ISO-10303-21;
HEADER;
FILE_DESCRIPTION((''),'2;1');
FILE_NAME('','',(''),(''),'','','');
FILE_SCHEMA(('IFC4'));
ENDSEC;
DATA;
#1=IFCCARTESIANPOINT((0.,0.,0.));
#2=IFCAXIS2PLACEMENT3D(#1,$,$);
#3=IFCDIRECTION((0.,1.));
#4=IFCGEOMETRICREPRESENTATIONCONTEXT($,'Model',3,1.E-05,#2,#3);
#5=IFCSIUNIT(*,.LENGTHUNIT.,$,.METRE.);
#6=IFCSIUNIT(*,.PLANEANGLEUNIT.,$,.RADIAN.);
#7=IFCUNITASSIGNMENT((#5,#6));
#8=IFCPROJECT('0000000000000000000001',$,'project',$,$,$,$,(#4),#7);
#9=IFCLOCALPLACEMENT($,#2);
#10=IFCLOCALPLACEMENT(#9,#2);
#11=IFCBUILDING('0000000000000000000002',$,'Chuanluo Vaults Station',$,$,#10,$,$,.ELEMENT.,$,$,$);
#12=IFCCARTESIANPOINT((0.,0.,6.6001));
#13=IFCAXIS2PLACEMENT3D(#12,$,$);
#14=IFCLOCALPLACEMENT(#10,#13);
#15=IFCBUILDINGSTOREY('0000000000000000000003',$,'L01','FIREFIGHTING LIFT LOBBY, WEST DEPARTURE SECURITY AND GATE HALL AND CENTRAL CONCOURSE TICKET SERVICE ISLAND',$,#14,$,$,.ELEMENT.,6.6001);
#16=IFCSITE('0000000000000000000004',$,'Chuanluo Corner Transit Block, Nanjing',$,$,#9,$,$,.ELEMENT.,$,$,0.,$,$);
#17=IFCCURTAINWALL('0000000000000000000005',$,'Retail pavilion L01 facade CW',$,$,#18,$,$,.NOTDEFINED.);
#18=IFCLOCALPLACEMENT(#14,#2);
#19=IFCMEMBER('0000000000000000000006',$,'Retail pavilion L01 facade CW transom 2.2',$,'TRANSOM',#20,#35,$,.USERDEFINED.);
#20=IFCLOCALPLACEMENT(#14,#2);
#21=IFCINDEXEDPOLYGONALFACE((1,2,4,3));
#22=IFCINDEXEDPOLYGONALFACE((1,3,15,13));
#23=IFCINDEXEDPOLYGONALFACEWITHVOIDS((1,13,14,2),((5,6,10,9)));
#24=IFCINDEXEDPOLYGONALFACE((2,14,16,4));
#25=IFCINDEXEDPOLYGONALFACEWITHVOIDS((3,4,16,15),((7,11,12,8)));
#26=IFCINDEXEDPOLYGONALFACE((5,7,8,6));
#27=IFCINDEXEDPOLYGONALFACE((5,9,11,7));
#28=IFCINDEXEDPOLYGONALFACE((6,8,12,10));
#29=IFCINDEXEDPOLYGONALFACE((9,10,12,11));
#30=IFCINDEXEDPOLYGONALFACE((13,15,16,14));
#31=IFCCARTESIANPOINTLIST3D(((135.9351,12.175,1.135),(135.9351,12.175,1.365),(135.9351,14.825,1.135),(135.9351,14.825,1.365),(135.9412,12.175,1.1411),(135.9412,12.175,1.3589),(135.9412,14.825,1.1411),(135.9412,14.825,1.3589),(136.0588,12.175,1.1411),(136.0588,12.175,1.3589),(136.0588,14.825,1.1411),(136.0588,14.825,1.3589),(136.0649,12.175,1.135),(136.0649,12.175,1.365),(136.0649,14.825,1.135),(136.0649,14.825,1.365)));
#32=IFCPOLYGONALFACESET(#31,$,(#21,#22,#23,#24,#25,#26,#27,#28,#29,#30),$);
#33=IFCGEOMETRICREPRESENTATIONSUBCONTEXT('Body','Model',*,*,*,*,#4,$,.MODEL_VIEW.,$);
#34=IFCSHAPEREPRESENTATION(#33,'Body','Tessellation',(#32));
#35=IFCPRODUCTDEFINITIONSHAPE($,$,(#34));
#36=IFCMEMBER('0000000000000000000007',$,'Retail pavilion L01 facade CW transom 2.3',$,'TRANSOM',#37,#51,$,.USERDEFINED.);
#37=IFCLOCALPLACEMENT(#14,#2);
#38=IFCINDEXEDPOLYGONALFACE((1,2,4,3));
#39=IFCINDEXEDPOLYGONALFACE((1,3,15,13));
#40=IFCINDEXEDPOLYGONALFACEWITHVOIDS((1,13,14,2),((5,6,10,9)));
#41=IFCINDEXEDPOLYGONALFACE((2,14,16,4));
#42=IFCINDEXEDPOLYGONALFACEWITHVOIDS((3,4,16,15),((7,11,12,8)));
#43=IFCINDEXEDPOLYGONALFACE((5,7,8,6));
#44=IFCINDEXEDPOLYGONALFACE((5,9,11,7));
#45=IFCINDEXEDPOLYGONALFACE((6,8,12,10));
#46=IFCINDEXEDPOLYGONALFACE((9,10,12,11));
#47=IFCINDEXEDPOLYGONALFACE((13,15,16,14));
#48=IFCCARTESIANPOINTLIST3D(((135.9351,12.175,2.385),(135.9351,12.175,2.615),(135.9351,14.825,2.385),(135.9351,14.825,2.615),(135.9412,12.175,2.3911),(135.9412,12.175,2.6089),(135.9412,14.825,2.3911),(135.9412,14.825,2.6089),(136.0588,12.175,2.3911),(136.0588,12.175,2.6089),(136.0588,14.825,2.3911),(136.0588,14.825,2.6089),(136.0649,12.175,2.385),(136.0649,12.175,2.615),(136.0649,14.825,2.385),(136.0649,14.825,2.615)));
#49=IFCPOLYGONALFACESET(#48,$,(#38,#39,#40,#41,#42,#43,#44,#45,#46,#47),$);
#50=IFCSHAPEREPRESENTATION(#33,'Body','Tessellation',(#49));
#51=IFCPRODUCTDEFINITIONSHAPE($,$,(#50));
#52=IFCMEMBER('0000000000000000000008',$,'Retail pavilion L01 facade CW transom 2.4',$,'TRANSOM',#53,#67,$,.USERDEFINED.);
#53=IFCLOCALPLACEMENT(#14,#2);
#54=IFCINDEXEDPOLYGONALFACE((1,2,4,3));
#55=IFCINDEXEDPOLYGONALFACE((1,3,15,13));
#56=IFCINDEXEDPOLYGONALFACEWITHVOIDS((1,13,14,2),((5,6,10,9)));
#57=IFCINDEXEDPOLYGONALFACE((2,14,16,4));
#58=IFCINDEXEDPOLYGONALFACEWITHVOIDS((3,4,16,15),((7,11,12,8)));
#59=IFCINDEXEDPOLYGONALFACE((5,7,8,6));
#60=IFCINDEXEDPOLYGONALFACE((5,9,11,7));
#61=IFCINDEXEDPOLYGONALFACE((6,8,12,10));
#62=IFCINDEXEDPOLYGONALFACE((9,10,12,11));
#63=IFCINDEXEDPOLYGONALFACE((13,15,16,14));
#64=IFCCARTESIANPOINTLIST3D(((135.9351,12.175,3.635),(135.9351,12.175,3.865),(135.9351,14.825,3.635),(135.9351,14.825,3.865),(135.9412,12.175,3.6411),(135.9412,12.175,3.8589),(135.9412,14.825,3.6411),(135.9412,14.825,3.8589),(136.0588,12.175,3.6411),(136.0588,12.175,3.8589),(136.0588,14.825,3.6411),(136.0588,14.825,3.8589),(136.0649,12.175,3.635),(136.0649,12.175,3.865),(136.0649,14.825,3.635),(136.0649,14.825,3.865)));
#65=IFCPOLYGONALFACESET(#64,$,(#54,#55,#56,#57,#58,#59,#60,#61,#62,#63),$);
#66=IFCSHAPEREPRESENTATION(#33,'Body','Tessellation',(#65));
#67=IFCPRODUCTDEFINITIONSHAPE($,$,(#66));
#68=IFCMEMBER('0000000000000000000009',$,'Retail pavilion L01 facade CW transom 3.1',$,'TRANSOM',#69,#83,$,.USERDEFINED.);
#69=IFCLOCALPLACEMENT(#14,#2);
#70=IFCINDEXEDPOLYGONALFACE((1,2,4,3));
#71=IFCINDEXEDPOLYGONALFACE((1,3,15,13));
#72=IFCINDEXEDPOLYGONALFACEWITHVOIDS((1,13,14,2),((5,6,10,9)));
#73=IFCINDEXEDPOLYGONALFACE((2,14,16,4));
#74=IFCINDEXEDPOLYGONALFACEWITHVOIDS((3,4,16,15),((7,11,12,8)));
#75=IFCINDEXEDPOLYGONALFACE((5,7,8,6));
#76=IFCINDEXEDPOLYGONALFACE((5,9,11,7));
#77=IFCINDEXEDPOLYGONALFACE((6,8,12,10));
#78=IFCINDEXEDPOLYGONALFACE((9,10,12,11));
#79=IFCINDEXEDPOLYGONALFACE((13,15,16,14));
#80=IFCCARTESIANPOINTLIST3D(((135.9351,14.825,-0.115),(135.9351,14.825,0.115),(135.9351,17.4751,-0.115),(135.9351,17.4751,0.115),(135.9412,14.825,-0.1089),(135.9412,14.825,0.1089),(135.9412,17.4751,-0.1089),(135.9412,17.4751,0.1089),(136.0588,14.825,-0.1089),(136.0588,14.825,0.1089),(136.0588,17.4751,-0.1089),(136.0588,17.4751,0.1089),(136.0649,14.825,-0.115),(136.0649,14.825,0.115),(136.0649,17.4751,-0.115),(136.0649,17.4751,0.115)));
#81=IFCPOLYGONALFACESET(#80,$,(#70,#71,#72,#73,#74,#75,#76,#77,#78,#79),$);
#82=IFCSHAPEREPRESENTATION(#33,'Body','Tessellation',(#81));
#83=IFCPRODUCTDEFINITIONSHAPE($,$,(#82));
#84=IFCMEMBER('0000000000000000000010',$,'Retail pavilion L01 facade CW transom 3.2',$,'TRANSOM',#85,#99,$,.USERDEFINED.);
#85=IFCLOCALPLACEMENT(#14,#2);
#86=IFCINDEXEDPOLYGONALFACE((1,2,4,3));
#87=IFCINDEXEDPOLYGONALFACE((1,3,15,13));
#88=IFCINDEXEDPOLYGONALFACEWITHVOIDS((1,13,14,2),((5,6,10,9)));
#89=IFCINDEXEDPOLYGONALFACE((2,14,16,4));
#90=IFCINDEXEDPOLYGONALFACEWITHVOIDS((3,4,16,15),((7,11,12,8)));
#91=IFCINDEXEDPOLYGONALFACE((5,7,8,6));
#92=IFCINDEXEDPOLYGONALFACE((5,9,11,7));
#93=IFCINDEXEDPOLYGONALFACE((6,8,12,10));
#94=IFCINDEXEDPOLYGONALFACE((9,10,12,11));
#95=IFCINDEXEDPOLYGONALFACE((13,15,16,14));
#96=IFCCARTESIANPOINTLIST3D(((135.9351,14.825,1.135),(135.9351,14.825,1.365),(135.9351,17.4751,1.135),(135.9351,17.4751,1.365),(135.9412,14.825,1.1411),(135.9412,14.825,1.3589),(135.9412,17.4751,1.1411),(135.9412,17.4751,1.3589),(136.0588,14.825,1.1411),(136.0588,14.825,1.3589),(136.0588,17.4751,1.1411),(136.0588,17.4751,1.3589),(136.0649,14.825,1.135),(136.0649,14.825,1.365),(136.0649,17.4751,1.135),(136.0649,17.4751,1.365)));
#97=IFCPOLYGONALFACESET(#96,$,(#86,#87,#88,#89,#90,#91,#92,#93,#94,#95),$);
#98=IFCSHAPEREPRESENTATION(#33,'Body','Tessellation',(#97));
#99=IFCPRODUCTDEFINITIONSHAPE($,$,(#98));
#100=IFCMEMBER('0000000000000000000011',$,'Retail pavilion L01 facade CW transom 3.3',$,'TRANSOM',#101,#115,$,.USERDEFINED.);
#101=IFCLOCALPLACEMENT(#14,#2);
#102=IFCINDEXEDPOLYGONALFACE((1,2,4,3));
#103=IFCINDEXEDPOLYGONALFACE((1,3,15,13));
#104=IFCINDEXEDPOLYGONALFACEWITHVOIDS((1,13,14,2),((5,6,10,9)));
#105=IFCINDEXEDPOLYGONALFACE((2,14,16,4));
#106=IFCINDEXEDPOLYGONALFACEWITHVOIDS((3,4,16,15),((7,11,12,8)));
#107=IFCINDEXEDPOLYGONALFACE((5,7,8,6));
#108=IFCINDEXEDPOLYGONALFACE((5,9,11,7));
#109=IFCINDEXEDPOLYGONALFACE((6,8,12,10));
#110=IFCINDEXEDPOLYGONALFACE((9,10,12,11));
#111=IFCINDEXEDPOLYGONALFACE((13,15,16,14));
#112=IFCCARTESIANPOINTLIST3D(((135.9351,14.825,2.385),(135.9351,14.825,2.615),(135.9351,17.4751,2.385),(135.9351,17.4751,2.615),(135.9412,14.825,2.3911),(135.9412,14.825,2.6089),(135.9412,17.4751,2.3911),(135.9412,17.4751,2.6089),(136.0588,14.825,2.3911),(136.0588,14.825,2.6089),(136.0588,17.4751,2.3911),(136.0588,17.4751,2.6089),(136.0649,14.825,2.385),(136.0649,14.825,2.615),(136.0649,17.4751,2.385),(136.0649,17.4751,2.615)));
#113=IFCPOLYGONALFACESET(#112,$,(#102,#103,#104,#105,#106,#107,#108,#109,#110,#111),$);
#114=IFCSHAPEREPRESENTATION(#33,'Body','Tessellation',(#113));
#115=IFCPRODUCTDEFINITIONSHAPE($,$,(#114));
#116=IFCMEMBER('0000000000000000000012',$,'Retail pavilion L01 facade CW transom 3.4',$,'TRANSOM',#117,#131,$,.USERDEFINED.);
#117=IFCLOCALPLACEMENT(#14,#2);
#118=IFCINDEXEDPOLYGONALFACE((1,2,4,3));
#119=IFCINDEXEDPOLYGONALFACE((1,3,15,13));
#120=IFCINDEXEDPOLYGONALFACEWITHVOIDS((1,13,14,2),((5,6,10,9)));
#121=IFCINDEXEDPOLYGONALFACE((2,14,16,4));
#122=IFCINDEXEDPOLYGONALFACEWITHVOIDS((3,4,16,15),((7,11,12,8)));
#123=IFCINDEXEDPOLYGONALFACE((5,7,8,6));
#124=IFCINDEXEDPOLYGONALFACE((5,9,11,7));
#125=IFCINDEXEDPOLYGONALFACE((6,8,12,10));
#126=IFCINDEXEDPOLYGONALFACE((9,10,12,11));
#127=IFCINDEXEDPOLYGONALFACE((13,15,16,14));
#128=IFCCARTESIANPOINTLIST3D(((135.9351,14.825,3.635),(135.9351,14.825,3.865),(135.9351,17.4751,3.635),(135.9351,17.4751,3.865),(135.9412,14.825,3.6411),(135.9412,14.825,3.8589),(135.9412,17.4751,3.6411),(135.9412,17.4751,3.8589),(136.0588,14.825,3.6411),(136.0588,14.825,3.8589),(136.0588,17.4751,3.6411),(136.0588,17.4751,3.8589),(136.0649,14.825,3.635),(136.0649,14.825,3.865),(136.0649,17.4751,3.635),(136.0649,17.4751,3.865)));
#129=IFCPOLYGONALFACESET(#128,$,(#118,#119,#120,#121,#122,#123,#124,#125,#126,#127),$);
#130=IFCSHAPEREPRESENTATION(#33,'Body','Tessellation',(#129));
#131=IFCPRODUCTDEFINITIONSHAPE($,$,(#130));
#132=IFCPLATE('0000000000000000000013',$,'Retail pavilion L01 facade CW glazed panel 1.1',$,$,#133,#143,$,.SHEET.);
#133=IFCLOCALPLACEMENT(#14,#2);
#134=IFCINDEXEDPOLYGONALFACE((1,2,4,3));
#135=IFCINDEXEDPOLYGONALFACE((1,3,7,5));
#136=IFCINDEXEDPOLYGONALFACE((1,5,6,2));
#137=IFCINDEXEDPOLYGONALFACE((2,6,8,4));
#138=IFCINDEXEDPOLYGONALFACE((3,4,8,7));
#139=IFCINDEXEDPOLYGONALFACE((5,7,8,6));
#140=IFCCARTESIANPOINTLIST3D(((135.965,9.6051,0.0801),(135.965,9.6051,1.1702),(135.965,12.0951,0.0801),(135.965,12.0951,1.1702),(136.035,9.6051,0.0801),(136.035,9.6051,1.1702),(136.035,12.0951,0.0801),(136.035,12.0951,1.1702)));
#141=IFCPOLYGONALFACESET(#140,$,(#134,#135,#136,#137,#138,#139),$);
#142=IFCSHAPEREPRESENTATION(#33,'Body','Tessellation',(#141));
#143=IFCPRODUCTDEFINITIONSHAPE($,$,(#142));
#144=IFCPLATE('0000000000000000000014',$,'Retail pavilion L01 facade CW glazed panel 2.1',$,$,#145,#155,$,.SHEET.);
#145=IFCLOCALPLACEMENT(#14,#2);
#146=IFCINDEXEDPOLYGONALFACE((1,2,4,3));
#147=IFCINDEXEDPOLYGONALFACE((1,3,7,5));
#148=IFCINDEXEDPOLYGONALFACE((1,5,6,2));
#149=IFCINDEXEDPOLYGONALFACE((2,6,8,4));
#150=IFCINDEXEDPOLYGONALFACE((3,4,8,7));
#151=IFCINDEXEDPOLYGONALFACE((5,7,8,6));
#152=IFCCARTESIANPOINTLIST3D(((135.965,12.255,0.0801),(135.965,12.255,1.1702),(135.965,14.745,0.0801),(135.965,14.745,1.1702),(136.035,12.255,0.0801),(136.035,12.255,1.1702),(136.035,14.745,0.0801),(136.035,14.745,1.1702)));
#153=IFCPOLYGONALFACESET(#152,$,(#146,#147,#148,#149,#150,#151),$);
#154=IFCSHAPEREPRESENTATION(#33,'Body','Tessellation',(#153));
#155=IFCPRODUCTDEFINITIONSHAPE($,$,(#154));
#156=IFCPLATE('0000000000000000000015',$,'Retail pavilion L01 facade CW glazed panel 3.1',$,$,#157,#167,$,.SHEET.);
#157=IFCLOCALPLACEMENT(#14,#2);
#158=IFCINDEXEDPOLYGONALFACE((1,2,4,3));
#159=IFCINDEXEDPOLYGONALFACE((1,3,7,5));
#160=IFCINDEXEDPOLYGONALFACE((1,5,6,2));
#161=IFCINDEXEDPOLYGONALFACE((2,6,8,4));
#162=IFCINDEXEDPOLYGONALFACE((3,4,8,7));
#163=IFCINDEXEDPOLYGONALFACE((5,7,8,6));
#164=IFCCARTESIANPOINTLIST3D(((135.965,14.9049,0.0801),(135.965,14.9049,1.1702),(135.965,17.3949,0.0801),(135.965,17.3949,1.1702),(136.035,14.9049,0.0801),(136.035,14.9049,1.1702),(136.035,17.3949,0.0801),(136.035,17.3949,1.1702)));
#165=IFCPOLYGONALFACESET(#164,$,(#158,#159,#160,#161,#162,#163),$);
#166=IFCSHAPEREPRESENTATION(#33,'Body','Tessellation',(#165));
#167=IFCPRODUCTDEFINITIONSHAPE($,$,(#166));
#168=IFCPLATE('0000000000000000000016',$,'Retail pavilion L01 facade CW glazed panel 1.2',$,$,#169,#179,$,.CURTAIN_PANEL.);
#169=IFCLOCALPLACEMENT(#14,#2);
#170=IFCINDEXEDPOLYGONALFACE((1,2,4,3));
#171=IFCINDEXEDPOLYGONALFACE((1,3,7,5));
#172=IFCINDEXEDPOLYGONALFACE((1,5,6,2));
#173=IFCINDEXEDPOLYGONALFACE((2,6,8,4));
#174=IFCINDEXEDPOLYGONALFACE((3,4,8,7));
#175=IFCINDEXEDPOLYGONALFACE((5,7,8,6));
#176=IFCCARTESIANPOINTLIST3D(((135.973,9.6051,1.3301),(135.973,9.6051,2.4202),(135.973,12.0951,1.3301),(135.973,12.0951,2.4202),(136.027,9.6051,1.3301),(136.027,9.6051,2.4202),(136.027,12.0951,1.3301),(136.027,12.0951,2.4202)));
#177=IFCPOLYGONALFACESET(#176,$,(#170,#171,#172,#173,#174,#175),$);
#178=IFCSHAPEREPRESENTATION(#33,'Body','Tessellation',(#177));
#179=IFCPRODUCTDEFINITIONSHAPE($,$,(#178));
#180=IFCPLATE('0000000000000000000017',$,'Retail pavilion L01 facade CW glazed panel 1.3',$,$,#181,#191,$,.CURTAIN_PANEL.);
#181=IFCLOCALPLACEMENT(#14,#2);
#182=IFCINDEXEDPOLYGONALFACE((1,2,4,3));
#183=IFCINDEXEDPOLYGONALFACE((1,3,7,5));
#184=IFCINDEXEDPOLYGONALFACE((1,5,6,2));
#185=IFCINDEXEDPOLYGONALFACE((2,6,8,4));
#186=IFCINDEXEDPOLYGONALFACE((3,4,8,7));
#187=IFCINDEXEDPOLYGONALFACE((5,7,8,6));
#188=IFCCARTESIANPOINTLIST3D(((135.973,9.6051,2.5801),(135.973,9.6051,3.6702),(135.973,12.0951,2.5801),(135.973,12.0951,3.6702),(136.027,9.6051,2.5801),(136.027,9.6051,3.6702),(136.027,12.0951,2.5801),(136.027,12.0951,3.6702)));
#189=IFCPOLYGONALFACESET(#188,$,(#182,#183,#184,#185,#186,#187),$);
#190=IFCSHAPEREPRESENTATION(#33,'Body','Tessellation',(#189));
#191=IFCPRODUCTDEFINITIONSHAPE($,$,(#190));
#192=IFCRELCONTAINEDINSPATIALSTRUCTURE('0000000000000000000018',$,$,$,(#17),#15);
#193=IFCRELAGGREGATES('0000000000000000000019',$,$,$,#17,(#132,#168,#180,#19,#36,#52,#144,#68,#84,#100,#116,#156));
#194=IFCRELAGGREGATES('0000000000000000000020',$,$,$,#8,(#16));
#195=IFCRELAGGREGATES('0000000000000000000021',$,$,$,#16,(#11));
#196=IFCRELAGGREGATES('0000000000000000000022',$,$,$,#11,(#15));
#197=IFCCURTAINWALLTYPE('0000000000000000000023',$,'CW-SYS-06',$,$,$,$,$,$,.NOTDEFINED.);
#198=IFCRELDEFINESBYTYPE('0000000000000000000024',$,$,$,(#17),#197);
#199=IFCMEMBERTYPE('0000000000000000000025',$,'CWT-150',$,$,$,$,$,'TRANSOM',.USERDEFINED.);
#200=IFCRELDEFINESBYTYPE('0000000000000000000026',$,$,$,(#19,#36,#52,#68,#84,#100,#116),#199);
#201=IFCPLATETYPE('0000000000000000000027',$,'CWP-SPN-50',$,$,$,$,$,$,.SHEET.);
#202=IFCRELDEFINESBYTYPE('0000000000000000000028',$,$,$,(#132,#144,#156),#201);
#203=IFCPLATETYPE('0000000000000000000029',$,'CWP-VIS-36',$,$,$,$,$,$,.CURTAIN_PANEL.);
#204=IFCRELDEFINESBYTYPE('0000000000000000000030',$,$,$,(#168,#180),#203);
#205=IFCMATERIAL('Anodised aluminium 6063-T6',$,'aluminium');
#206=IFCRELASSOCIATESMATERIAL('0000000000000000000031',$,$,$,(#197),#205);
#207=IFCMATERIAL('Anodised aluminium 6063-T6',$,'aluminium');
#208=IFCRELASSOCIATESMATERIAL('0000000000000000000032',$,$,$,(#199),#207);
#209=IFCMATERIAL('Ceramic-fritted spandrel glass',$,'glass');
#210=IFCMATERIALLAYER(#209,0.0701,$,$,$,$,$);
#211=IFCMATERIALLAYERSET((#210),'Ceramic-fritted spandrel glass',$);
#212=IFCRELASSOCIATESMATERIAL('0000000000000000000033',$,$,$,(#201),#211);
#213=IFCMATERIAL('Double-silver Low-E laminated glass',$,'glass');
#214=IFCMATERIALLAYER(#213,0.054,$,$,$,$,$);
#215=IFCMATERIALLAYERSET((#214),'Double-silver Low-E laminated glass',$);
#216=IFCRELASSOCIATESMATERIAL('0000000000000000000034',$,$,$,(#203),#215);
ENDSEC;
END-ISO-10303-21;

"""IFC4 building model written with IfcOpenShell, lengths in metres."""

from ifc_helpers import new_model, si_unit, direction, frame, origin, origin_2d, place, context, subcontext, project, spatial, rectangle, hollow_rectangle, extrude, material, layer, layer_set, material_profile, profile_set, type_object, element, aggregate, save


model = new_model("IFC4")

# Units and contexts
model_context = context("Model", 3, precision=1e-05, world=origin(), true_north=direction((0.0, 1.0)))
body_context = subcontext(model_context, "Body", "Model", "MODEL_VIEW")
ifc_project = project(units=[si_unit("LENGTHUNIT", "METRE"), si_unit("PLANEANGLEUNIT", "RADIAN")], contexts=[model_context])

# Site, building, storey
site_placement = place(None, origin())
site = spatial("IfcSite", under=ifc_project, at=site_placement, Name="Chuanluo Corner Transit Block, Nanjing", CompositionType="ELEMENT", RefElevation=0.0)
building_placement = place(site_placement, origin())
building = spatial("IfcBuilding", under=site, at=building_placement, Name="Chuanluo Vaults Station", CompositionType="ELEMENT")
storey_placement = place(building_placement, frame((0.0, 0.0, 6.6001)))
storey = spatial("IfcBuildingStorey", under=building, at=storey_placement, Name="L01", Description="FIREFIGHTING LIFT LOBBY, WEST DEPARTURE SECURITY AND GATE HALL AND CENTRAL CONCOURSE TICKET SERVICE ISLAND", CompositionType="ELEMENT", Elevation=6.6001)

# Curtain wall, members, plates
ifc_material_1 = material(Name="Anodised aluminium 6063-T6", Category="aluminium")
curtain_wall_type = type_object("IfcCurtainWallType", Name="CW-SYS-06", PredefinedType="NOTDEFINED", material=ifc_material_1)
curtain_wall_placement = place(storey_placement, origin())
curtain_wall = element("IfcCurtainWall", 1, at=curtain_wall_placement, inside=storey, type_object=curtain_wall_type, Name="Retail pavilion L01 facade CW", PredefinedType="NOTDEFINED")
ifc_material_2 = material(Name="Anodised aluminium 6063-T6", Category="aluminium")
ifc_material_profile_1 = material_profile(ifc_material_2, hollow_rectangle(XDim=0.1299, YDim=0.23, WallThickness=0.0061, at=origin_2d()))
ifc_profile_set_1 = profile_set([ifc_material_profile_1], Name="Anodised aluminium 6063-T6")
member_type_1 = type_object("IfcMemberType", Name="CWT-150", ElementType="TRANSOM", PredefinedType="USERDEFINED", material=ifc_profile_set_1)
member_1_placement = place(storey_placement, frame((136.0, 12.175, 1.25), z_axis=(0.0, 1.0, 0.0), x_axis=(-1.0, 0.0, 0.0)))
member_1 = element("IfcMember", 2, at=member_1_placement, type_object=member_type_1, Name="Retail pavilion L01 facade CW transom 2.2", ObjectType="TRANSOM", PredefinedType="USERDEFINED", context=body_context, shape_type="SweptSolid", body=[
    extrude(hollow_rectangle(XDim=0.1299, YDim=0.23, WallThickness=0.0061, at=origin_2d()), origin(), (0.0, 0.0, 1.0), 2.6499),
])
member_2_placement = place(storey_placement, frame((136.0, 12.175, 2.5), z_axis=(0.0, 1.0, 0.0), x_axis=(-1.0, 0.0, 0.0)))
member_2 = element("IfcMember", 3, at=member_2_placement, type_object=member_type_1, Name="Retail pavilion L01 facade CW transom 2.3", ObjectType="TRANSOM", PredefinedType="USERDEFINED", context=body_context, shape_type="SweptSolid", body=[
    extrude(hollow_rectangle(XDim=0.1299, YDim=0.23, WallThickness=0.0061, at=origin_2d()), origin(), (0.0, 0.0, 1.0), 2.6499),
])
member_3_placement = place(storey_placement, frame((136.0, 12.175, 3.75), z_axis=(0.0, 1.0, 0.0), x_axis=(-1.0, 0.0, 0.0)))
member_3 = element("IfcMember", 4, at=member_3_placement, type_object=member_type_1, Name="Retail pavilion L01 facade CW transom 2.4", ObjectType="TRANSOM", PredefinedType="USERDEFINED", context=body_context, shape_type="SweptSolid", body=[
    extrude(hollow_rectangle(XDim=0.1299, YDim=0.23, WallThickness=0.0061, at=origin_2d()), origin(), (0.0, 0.0, 1.0), 2.6499),
])
member_4_placement = place(storey_placement, frame((136.0, 14.825, 0.0), z_axis=(0.0, 1.0, 0.0), x_axis=(-1.0, 0.0, 0.0)))
member_4 = element("IfcMember", 5, at=member_4_placement, type_object=member_type_1, Name="Retail pavilion L01 facade CW transom 3.1", ObjectType="TRANSOM", PredefinedType="USERDEFINED", context=body_context, shape_type="SweptSolid", body=[
    extrude(hollow_rectangle(XDim=0.1299, YDim=0.23, WallThickness=0.0061, at=origin_2d()), origin(), (0.0, 0.0, 1.0), 2.6501),
])
member_5_placement = place(storey_placement, frame((136.0, 14.825, 1.25), z_axis=(0.0, 1.0, 0.0), x_axis=(-1.0, 0.0, 0.0)))
member_5 = element("IfcMember", 6, at=member_5_placement, type_object=member_type_1, Name="Retail pavilion L01 facade CW transom 3.2", ObjectType="TRANSOM", PredefinedType="USERDEFINED", context=body_context, shape_type="SweptSolid", body=[
    extrude(hollow_rectangle(XDim=0.1299, YDim=0.23, WallThickness=0.0061, at=origin_2d()), origin(), (0.0, 0.0, 1.0), 2.6501),
])
member_6_placement = place(storey_placement, frame((136.0, 14.825, 2.5), z_axis=(0.0, 1.0, 0.0), x_axis=(-1.0, 0.0, 0.0)))
member_6 = element("IfcMember", 7, at=member_6_placement, type_object=member_type_1, Name="Retail pavilion L01 facade CW transom 3.3", ObjectType="TRANSOM", PredefinedType="USERDEFINED", context=body_context, shape_type="SweptSolid", body=[
    extrude(hollow_rectangle(XDim=0.1299, YDim=0.23, WallThickness=0.0061, at=origin_2d()), origin(), (0.0, 0.0, 1.0), 2.6501),
])
member_7_placement = place(storey_placement, frame((136.0, 14.825, 3.75), z_axis=(0.0, 1.0, 0.0), x_axis=(-1.0, 0.0, 0.0)))
member_7 = element("IfcMember", 8, at=member_7_placement, type_object=member_type_1, Name="Retail pavilion L01 facade CW transom 3.4", ObjectType="TRANSOM", PredefinedType="USERDEFINED", context=body_context, shape_type="SweptSolid", body=[
    extrude(hollow_rectangle(XDim=0.1299, YDim=0.23, WallThickness=0.0061, at=origin_2d()), origin(), (0.0, 0.0, 1.0), 2.6501),
])
ifc_material_3 = material(Name="Ceramic-fritted spandrel glass", Category="glass")
ifc_layer_1 = layer(ifc_material_3, 0.0701)
ifc_layer_set_1 = layer_set([ifc_layer_1], Name="Ceramic-fritted spandrel glass")
plate_type_1 = type_object("IfcPlateType", Name="CWP-SPN-50", PredefinedType="SHEET", material=ifc_layer_set_1)
plate_1_placement = place(storey_placement, frame((136.0, 10.8501, 0.0801), z_axis=(0.0, 0.0, 1.0), x_axis=(0.0, 1.0, 0.0)))
plate_1 = element("IfcPlate", 9, at=plate_1_placement, type_object=plate_type_1, Name="Retail pavilion L01 facade CW glazed panel 1.1", PredefinedType="SHEET", context=body_context, shape_type="SweptSolid", body=[
    extrude(rectangle(XDim=2.49, YDim=0.0701, at=origin_2d()), origin(), (0.0, 0.0, 1.0), 1.0901),
])
plate_2_placement = place(storey_placement, frame((136.0, 13.5, 0.0801), z_axis=(0.0, 0.0, 1.0), x_axis=(0.0, 1.0, 0.0)))
plate_2 = element("IfcPlate", 10, at=plate_2_placement, type_object=plate_type_1, Name="Retail pavilion L01 facade CW glazed panel 2.1", PredefinedType="SHEET", context=body_context, shape_type="SweptSolid", body=[
    extrude(rectangle(XDim=2.49, YDim=0.0701, at=origin_2d()), origin(), (0.0, 0.0, 1.0), 1.0901),
])
plate_3_placement = place(storey_placement, frame((136.0, 16.1499, 0.0801), z_axis=(0.0, 0.0, 1.0), x_axis=(0.0, 1.0, 0.0)))
plate_3 = element("IfcPlate", 11, at=plate_3_placement, type_object=plate_type_1, Name="Retail pavilion L01 facade CW glazed panel 3.1", PredefinedType="SHEET", context=body_context, shape_type="SweptSolid", body=[
    extrude(rectangle(XDim=2.49, YDim=0.0701, at=origin_2d()), origin(), (0.0, 0.0, 1.0), 1.0901),
])
ifc_material_4 = material(Name="Double-silver Low-E laminated glass", Category="glass")
ifc_layer_2 = layer(ifc_material_4, 0.054)
ifc_layer_set_2 = layer_set([ifc_layer_2], Name="Double-silver Low-E laminated glass")
plate_type_2 = type_object("IfcPlateType", Name="CWP-VIS-36", PredefinedType="CURTAIN_PANEL", material=ifc_layer_set_2)
plate_4_placement = place(storey_placement, frame((136.0, 10.8501, 1.3301), z_axis=(0.0, 0.0, 1.0), x_axis=(0.0, 1.0, 0.0)))
plate_4 = element("IfcPlate", 12, at=plate_4_placement, type_object=plate_type_2, Name="Retail pavilion L01 facade CW glazed panel 1.2", PredefinedType="CURTAIN_PANEL", context=body_context, shape_type="SweptSolid", body=[
    extrude(rectangle(XDim=2.49, YDim=0.054, at=origin_2d()), origin(), (0.0, 0.0, 1.0), 1.0901),
])
plate_5_placement = place(storey_placement, frame((136.0, 10.8501, 2.5801), z_axis=(0.0, 0.0, 1.0), x_axis=(0.0, 1.0, 0.0)))
plate_5 = element("IfcPlate", 13, at=plate_5_placement, type_object=plate_type_2, Name="Retail pavilion L01 facade CW glazed panel 1.3", PredefinedType="CURTAIN_PANEL", context=body_context, shape_type="SweptSolid", body=[
    extrude(rectangle(XDim=2.49, YDim=0.054, at=origin_2d()), origin(), (0.0, 0.0, 1.0), 1.0901),
])
aggregate(curtain_wall, [plate_1, plate_4, plate_5, member_1, member_2, member_3, plate_2, member_4, member_5, member_6, member_7, plate_3])

save(model, "model.ifc")
